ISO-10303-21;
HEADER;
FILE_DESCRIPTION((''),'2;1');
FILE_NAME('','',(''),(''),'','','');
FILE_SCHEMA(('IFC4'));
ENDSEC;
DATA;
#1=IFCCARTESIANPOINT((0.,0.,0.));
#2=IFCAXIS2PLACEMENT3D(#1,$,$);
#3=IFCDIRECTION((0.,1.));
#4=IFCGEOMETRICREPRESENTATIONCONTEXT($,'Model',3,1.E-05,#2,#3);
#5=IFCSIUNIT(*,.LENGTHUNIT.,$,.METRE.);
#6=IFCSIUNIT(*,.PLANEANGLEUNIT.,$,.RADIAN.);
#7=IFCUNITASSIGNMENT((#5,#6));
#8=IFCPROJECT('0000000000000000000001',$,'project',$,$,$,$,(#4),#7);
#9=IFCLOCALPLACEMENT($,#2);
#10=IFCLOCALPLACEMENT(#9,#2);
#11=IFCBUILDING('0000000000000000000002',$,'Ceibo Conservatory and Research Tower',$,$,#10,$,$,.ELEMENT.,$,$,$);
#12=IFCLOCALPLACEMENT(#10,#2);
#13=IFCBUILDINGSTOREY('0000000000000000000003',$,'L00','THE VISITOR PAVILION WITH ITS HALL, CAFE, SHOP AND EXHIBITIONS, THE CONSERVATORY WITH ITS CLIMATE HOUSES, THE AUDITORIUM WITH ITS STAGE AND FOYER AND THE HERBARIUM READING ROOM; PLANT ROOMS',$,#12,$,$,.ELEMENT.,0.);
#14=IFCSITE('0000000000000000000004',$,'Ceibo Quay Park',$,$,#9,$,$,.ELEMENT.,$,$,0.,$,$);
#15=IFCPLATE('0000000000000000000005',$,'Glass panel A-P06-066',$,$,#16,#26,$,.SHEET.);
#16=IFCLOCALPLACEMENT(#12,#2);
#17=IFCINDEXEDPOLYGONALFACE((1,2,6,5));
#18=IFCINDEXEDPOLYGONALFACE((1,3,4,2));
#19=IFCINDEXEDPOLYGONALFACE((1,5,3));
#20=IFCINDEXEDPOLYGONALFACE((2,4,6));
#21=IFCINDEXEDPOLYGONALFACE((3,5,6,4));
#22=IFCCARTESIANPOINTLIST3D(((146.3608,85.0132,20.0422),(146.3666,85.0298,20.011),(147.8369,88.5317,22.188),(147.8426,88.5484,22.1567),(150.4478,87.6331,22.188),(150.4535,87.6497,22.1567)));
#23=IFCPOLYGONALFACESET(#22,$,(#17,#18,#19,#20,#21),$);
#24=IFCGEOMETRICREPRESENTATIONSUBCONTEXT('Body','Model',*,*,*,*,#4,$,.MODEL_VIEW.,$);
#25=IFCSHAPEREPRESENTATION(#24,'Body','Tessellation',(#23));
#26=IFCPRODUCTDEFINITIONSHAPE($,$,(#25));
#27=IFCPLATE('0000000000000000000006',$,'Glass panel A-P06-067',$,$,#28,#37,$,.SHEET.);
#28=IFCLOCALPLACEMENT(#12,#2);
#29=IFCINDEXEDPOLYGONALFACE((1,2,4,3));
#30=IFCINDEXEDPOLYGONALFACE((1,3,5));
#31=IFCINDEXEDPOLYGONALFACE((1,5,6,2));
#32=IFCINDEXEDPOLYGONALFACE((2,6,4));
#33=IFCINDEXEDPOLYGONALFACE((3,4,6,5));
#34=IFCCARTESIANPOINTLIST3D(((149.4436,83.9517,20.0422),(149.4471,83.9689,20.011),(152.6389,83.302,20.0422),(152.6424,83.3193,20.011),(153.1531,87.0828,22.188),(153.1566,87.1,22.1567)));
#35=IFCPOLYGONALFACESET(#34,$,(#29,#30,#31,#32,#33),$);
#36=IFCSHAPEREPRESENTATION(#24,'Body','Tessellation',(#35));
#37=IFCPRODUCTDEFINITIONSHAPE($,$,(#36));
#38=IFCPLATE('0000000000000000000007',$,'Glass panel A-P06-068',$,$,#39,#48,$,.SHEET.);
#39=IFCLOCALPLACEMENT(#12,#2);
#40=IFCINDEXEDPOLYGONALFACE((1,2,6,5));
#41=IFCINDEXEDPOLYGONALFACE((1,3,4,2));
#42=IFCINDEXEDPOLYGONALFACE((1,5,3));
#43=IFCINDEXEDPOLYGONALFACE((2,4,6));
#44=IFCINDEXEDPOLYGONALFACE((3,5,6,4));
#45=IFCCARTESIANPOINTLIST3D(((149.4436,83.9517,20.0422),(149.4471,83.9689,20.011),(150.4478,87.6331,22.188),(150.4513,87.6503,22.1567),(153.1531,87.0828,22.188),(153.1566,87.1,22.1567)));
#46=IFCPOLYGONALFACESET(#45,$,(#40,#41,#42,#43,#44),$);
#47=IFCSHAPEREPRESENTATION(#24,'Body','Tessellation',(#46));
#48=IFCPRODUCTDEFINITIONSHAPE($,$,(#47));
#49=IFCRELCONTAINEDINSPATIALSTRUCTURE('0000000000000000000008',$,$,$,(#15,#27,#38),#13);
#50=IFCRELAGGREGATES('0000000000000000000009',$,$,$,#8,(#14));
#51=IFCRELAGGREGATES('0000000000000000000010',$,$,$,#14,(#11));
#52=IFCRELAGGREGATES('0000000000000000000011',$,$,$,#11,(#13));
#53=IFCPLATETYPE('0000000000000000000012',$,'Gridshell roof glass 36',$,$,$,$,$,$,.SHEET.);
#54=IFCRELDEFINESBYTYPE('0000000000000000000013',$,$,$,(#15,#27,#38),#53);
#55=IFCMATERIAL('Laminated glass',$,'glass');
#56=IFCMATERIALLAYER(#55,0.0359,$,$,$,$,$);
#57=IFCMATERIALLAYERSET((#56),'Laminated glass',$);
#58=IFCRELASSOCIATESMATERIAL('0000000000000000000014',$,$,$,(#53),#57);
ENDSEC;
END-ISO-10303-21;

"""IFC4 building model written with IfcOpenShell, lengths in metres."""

from ifc_helpers import new_model, si_unit, direction, frame, origin, place, context, subcontext, project, spatial, polyline, outline, extrude, material, layer, layer_set, type_object, element, save


model = new_model("IFC4")

# Units and contexts
model_context = context("Model", 3, precision=1e-05, world=origin(), true_north=direction((0.0, 1.0)))
body_context = subcontext(model_context, "Body", "Model", "MODEL_VIEW")
ifc_project = project(units=[si_unit("LENGTHUNIT", "METRE"), si_unit("PLANEANGLEUNIT", "RADIAN")], contexts=[model_context])

# Site, building, storey
site_placement = place(None, origin())
site = spatial("IfcSite", under=ifc_project, at=site_placement, Name="Ceibo Quay Park", CompositionType="ELEMENT", RefElevation=0.0)
building_placement = place(site_placement, origin())
building = spatial("IfcBuilding", under=site, at=building_placement, Name="Ceibo Conservatory and Research Tower", CompositionType="ELEMENT")
storey_placement = place(building_placement, origin())
storey = spatial("IfcBuildingStorey", under=building, at=storey_placement, Name="L00", Description="THE VISITOR PAVILION WITH ITS HALL, CAFE, SHOP AND EXHIBITIONS, THE CONSERVATORY WITH ITS CLIMATE HOUSES, THE AUDITORIUM WITH ITS STAGE AND FOYER AND THE HERBARIUM READING ROOM; PLANT ROOMS", CompositionType="ELEMENT", Elevation=0.0)

# Plates
ifc_material_1 = material(Name="Laminated glass", Category="glass")
ifc_layer = layer(ifc_material_1, 0.0359)
ifc_layer_set = layer_set([ifc_layer], Name="Laminated glass")
plate_type = type_object("IfcPlateType", Name="Gridshell roof glass 36", PredefinedType="SHEET", material=ifc_layer_set)
plate_1_placement = place(storey_placement, frame((146.3608, 85.0132, 20.0422), z_axis=(-0.159797, -0.46424, 0.871175), x_axis=(0.770008, 0.493606, 0.404277)))
element("IfcPlate", 1, at=plate_1_placement, inside=storey, type_object=plate_type, Name="Glass panel A-P06-066", PredefinedType="SHEET", context=body_context, shape_type="SweptSolid", body=[
    extrude(outline(polyline([(0.0, 0.0), (5.3076, 0.0), (3.7408, 2.2736), (0.0, 0.0)])), origin(), (0.0, 0.0, -1.0), 0.0359),
])
plate_2_placement = place(storey_placement, frame((149.4436, 83.9517, 20.0422), z_axis=(-0.097821, -0.481128, 0.871176), x_axis=(0.979951, -0.19924, 0.0)))
element("IfcPlate", 2, at=plate_2_placement, inside=storey, type_object=plate_type, Name="Glass panel A-P06-067", PredefinedType="SHEET", context=body_context, shape_type="SweptSolid", body=[
    extrude(outline(polyline([(0.0, 0.0), (3.2607, 0.0), (3.0113, 4.3704), (0.0, 0.0)])), origin(), (0.0, 0.0, -1.0), 0.0359),
])
plate_3_placement = place(storey_placement, frame((149.4436, 83.9517, 20.0422), z_axis=(-0.09786, -0.481093, 0.871191), x_axis=(0.698928, 0.589953, 0.404296)))
element("IfcPlate", 3, at=plate_3_placement, inside=storey, type_object=plate_type, Name="Glass panel A-P06-068", PredefinedType="SHEET", context=body_context, shape_type="SweptSolid", body=[
    extrude(outline(polyline([(0.0, 0.0), (5.3074, 0.0), (3.7412, 2.2735), (0.0, 0.0)])), origin(), (0.0, 0.0, -1.0), 0.0359),
])

save(model, "model.ifc")
